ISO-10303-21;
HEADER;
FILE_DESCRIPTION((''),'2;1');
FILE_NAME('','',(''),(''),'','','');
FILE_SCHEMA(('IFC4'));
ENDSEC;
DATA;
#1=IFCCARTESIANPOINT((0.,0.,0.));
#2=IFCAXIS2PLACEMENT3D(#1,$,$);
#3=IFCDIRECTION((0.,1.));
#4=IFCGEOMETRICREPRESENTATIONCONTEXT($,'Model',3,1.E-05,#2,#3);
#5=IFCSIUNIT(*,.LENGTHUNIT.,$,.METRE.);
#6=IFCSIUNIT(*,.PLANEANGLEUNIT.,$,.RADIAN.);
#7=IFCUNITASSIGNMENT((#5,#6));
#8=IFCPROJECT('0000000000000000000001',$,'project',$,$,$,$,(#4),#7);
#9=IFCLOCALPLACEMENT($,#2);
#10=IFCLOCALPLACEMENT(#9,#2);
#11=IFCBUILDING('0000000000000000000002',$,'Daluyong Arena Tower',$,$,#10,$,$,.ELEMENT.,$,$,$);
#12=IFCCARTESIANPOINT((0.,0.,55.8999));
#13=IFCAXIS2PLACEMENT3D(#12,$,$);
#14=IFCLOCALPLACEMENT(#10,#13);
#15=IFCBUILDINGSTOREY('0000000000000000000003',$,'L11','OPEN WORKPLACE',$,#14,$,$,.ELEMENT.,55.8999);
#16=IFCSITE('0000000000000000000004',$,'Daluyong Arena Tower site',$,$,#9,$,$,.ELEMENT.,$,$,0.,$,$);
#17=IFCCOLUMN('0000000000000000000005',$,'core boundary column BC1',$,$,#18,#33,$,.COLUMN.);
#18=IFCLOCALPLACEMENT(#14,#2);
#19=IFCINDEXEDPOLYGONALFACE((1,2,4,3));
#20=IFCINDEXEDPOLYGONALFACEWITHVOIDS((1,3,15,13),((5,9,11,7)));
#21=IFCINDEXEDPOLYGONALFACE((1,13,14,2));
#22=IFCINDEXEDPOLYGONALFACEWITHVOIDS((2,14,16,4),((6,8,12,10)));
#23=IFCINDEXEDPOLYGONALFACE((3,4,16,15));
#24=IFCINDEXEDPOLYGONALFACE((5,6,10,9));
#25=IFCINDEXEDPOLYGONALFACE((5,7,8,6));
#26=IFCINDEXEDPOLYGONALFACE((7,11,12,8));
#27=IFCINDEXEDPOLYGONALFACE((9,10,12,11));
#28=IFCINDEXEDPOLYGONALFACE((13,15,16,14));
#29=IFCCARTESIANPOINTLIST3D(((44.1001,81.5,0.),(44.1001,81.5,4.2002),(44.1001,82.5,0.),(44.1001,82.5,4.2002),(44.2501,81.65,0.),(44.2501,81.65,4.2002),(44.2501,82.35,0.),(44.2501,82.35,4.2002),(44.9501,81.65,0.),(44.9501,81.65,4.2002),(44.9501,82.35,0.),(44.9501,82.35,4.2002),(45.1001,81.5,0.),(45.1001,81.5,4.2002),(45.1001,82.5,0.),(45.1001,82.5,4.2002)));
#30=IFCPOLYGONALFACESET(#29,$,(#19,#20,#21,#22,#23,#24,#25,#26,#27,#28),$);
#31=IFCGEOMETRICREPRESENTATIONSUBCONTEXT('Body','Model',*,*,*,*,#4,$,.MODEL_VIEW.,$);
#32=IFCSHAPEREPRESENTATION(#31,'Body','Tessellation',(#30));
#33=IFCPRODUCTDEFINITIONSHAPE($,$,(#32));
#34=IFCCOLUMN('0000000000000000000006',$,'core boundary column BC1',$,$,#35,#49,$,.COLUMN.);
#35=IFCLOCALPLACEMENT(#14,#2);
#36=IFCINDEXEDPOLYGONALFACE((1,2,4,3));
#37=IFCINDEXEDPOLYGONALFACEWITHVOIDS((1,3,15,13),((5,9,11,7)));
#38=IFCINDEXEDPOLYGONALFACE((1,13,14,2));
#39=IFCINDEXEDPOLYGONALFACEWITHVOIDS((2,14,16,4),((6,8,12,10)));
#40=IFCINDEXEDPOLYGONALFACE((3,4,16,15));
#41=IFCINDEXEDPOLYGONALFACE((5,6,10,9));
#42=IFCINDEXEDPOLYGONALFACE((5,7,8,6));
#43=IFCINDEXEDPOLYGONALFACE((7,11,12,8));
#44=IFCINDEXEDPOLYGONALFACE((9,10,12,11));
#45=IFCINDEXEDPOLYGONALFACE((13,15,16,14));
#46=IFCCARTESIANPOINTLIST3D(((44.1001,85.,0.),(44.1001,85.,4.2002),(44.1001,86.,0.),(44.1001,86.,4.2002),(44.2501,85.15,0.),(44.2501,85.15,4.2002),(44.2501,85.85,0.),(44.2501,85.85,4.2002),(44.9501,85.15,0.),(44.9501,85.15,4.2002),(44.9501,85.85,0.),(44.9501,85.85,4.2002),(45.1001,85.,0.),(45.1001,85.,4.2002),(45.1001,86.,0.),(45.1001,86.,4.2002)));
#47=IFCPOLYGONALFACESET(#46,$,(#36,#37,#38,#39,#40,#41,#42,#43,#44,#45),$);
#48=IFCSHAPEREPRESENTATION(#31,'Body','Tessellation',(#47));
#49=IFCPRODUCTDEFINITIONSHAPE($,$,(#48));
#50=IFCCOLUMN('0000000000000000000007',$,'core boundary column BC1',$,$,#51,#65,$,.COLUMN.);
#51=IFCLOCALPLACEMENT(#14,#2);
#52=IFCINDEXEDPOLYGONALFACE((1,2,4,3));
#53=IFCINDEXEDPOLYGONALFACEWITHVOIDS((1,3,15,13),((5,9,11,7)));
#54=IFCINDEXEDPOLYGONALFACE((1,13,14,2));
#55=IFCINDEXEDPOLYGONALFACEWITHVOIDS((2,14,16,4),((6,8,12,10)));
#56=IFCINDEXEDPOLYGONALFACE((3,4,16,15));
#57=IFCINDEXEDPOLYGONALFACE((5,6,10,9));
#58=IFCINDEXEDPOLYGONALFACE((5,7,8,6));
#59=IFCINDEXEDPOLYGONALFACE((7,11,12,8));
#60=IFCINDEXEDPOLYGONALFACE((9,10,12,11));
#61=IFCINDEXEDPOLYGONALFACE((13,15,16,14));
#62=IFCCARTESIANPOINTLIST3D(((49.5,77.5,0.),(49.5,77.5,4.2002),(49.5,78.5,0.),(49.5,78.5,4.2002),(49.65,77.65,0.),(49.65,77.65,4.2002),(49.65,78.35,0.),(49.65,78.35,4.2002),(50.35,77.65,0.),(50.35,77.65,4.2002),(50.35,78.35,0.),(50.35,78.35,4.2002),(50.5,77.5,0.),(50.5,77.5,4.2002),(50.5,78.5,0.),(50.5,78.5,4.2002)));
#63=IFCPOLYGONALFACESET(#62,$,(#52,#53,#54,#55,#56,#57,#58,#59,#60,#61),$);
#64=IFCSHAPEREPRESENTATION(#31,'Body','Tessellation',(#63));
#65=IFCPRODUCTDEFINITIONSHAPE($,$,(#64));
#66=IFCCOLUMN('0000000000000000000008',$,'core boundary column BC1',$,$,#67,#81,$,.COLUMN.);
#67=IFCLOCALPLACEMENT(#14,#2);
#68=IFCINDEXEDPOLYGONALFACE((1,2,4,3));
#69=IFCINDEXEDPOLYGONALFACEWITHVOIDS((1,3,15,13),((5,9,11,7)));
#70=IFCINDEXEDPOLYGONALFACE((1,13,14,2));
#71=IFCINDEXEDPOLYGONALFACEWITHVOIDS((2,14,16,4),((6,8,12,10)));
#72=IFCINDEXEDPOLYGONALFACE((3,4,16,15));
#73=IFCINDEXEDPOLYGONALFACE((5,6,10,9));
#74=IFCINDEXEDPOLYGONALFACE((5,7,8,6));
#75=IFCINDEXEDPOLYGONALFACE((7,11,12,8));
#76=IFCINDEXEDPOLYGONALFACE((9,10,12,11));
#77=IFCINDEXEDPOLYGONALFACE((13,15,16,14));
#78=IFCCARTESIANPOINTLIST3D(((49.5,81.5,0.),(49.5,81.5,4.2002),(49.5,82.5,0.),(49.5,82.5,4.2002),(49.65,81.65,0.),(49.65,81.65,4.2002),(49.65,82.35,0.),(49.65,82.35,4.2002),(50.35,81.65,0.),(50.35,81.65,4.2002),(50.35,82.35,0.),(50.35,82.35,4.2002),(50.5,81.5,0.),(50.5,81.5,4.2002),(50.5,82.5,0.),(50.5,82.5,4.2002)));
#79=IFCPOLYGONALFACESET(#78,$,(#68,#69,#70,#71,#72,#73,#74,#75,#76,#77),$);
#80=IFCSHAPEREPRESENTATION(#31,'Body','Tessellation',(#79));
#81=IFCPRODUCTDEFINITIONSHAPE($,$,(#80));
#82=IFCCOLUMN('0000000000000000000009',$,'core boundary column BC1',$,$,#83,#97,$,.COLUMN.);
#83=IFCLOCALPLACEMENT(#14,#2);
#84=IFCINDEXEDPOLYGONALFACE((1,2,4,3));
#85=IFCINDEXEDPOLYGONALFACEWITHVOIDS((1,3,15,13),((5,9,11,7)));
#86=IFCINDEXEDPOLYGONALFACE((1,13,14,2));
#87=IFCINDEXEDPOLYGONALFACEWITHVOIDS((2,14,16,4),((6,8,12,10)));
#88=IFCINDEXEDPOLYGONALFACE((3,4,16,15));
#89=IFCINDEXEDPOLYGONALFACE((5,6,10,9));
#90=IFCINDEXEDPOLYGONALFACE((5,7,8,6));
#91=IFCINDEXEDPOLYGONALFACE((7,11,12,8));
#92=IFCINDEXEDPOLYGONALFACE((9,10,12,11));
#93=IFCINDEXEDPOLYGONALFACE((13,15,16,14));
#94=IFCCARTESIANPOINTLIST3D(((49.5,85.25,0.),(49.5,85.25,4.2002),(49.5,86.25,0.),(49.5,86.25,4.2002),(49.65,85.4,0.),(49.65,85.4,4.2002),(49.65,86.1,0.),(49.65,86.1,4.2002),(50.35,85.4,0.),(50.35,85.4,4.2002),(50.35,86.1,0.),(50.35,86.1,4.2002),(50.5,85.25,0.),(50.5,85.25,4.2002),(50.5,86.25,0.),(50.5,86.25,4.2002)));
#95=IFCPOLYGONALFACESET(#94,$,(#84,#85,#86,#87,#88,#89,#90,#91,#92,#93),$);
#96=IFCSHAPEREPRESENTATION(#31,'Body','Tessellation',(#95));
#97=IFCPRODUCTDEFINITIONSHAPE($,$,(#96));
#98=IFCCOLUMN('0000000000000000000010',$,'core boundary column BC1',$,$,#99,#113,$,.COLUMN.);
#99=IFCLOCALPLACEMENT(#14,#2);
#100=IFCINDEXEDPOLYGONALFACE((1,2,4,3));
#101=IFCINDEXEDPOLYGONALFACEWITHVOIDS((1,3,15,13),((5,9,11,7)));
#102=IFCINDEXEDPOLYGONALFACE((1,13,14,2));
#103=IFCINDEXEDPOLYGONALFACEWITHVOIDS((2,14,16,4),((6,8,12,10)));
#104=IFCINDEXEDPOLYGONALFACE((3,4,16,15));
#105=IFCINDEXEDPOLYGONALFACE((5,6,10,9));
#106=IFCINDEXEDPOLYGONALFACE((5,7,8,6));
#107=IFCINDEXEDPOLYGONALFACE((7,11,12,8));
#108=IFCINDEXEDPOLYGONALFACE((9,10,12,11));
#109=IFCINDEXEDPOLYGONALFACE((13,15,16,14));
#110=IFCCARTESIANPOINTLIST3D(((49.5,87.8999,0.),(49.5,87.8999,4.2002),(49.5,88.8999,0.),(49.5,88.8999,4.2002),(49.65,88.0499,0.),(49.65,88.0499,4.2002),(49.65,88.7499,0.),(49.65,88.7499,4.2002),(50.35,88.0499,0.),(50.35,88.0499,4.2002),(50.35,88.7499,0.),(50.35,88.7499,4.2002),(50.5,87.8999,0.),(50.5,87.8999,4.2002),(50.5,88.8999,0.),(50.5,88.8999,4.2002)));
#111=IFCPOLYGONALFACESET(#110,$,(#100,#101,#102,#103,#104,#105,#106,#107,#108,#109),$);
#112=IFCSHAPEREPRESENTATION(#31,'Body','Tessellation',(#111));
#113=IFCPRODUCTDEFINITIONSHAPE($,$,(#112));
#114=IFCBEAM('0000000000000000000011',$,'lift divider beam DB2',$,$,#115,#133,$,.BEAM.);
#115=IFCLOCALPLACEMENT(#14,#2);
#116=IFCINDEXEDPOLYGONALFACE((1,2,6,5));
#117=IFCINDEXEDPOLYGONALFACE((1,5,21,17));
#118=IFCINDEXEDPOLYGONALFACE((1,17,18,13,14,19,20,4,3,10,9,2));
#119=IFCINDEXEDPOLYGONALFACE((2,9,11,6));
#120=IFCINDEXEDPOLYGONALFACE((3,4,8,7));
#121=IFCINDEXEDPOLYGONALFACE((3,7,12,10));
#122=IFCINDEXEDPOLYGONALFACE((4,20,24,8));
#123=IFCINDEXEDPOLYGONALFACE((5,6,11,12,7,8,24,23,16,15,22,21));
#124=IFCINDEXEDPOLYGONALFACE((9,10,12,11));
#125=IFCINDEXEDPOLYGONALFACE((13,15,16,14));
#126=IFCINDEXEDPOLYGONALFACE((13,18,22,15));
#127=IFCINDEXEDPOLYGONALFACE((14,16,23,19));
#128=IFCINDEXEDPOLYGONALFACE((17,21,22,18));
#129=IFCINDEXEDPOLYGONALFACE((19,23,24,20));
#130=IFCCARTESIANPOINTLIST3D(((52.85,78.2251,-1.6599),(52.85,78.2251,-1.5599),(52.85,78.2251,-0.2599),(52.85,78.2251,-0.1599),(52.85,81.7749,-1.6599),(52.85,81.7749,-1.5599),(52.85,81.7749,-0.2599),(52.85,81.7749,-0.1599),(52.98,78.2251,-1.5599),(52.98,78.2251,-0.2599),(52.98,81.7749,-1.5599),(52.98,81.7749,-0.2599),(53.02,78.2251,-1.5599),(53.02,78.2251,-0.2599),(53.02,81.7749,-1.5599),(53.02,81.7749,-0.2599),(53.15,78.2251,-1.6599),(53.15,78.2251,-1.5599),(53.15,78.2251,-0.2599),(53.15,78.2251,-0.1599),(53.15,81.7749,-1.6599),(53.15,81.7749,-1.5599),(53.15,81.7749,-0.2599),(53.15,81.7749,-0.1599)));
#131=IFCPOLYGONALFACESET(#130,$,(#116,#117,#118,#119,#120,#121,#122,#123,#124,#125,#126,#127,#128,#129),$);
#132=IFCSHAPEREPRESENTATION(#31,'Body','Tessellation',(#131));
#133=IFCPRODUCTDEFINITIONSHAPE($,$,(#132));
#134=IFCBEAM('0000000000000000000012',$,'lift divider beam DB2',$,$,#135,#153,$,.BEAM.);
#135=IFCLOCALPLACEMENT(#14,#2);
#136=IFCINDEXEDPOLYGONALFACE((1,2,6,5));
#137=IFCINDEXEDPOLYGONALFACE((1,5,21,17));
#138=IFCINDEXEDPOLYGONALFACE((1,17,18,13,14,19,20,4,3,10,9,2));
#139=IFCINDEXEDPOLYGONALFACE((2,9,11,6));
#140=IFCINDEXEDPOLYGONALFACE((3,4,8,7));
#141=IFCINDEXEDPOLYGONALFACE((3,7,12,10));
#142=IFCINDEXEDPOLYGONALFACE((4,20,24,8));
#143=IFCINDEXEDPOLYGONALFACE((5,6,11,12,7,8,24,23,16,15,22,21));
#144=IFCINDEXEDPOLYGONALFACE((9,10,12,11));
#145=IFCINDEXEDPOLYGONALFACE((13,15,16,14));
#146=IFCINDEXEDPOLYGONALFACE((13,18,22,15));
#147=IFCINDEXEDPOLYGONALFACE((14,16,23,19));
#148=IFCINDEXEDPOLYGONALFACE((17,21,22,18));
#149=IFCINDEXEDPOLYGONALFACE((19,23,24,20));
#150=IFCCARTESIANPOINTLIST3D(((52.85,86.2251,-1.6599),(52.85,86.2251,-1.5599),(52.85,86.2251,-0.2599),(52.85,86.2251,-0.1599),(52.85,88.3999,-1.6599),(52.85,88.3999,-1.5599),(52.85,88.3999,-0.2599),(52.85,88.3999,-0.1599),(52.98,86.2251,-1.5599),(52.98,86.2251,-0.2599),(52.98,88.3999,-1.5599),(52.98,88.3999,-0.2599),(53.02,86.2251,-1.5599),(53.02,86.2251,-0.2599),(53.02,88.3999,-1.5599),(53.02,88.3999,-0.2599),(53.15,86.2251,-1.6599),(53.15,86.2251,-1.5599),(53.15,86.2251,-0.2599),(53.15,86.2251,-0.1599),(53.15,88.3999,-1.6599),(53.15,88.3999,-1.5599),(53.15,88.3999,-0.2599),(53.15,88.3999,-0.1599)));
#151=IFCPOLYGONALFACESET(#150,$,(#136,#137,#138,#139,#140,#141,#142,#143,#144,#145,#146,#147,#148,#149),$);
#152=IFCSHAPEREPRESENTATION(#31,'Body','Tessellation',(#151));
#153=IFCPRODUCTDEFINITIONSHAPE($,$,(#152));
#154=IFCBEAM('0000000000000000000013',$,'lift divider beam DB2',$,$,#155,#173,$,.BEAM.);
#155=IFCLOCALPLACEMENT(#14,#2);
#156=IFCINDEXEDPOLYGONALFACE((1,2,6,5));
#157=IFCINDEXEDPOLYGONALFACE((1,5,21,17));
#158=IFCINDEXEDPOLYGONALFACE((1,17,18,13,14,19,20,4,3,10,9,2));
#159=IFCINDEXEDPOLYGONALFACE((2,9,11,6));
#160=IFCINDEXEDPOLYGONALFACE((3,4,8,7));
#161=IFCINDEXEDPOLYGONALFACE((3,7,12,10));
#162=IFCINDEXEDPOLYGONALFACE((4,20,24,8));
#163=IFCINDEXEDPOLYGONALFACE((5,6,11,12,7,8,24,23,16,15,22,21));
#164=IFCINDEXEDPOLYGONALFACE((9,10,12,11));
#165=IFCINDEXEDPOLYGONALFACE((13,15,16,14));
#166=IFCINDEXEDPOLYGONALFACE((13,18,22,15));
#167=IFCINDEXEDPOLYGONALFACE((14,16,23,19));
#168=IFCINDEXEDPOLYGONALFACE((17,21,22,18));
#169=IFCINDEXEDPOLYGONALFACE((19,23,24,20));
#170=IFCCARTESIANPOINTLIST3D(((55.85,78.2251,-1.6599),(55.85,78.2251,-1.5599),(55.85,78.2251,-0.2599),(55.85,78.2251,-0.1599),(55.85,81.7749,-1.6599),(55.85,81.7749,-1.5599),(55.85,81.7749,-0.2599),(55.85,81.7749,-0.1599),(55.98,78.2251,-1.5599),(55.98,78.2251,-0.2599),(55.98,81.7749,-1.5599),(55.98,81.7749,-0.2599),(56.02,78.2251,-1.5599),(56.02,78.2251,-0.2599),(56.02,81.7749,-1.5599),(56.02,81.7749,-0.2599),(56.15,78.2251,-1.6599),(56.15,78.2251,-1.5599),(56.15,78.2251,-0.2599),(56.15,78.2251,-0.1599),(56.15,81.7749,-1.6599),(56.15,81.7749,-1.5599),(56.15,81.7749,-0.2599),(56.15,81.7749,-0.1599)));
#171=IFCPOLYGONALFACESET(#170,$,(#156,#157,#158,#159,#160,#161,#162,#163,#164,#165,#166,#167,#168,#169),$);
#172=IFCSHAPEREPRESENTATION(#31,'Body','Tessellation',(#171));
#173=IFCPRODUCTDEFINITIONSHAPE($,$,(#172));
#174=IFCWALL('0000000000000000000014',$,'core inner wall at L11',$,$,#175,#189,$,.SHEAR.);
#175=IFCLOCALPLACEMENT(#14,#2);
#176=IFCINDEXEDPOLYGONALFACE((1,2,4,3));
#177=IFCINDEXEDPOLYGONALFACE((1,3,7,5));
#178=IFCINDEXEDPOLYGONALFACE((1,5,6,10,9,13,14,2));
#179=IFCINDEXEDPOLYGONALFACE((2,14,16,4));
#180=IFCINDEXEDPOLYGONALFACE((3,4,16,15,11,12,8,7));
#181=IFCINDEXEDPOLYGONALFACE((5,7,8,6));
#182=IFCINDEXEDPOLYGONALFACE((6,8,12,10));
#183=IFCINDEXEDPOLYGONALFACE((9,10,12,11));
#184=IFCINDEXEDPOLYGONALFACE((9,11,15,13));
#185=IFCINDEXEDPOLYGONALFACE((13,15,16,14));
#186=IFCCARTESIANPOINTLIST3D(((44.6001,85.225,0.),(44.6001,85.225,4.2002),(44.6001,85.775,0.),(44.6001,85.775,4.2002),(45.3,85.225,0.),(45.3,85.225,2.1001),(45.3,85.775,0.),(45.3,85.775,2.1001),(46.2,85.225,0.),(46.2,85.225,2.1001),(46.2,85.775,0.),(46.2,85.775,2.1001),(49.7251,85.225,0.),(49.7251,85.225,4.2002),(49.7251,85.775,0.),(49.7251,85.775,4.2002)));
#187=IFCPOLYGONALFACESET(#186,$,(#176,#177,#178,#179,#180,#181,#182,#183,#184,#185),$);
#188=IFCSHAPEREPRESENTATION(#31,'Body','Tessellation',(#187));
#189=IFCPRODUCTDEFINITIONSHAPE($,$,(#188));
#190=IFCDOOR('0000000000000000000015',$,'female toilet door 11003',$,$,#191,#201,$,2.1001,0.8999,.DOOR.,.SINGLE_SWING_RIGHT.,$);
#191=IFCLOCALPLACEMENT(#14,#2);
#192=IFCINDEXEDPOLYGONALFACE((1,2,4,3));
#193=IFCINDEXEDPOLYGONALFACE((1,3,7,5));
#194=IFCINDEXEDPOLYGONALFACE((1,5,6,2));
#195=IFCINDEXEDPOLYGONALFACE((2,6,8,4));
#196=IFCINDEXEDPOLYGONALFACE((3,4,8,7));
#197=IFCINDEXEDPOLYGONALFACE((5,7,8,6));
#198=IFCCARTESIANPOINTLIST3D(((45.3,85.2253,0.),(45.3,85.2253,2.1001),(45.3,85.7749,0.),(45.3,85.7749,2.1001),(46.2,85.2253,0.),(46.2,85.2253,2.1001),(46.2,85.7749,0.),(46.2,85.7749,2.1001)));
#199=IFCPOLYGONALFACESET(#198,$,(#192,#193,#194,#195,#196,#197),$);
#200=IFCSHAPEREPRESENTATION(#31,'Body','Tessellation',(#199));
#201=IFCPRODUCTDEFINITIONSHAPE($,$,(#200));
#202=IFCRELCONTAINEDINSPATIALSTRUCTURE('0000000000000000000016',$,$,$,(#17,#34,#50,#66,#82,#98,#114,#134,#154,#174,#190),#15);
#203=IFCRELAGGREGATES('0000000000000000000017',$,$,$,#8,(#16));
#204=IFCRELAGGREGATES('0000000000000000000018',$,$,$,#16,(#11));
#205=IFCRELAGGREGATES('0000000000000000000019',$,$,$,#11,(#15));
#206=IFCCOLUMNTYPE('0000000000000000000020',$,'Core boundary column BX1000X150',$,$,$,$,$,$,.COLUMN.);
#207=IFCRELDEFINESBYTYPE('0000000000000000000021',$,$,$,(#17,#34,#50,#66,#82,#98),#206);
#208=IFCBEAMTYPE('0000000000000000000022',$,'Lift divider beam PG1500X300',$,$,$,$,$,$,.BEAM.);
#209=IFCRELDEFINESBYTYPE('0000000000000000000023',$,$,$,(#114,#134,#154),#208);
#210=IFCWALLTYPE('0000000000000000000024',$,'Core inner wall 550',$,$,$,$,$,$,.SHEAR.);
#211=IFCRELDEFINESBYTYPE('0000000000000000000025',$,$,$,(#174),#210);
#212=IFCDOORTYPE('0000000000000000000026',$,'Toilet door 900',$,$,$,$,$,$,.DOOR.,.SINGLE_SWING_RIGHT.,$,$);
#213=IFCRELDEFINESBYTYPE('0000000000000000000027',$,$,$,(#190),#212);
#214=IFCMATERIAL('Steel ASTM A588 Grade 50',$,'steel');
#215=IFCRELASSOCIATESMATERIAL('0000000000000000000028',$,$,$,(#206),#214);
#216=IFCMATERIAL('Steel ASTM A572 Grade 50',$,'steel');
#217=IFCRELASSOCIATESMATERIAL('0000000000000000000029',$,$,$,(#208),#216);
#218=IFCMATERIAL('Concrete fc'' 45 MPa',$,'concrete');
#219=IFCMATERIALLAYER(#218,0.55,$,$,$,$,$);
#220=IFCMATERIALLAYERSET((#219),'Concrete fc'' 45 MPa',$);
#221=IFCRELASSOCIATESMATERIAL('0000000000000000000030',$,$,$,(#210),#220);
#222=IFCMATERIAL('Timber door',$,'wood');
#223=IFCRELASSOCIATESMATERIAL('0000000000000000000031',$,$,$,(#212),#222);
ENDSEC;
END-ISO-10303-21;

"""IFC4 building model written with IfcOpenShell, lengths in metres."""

from ifc_helpers import new_model, si_unit, direction, frame, frame_2d, origin, origin_2d, place, context, subcontext, project, spatial, rectangle, hollow_rectangle, i_section, extrude, material, layer, layer_set, material_profile, profile_set, type_object, element, fill, save


model = new_model("IFC4")

# Units and contexts
model_context = context("Model", 3, precision=1e-05, world=origin(), true_north=direction((0.0, 1.0)))
body_context = subcontext(model_context, "Body", "Model", "MODEL_VIEW")
ifc_project = project(units=[si_unit("LENGTHUNIT", "METRE"), si_unit("PLANEANGLEUNIT", "RADIAN")], contexts=[model_context])

# Site, building, storey
site_placement = place(None, origin())
site = spatial("IfcSite", under=ifc_project, at=site_placement, Name="Daluyong Arena Tower site", CompositionType="ELEMENT", RefElevation=0.0)
building_placement = place(site_placement, origin())
building = spatial("IfcBuilding", under=site, at=building_placement, Name="Daluyong Arena Tower", CompositionType="ELEMENT")
storey_placement = place(building_placement, frame((0.0, 0.0, 55.8999)))
storey = spatial("IfcBuildingStorey", under=building, at=storey_placement, Name="L11", Description="OPEN WORKPLACE", CompositionType="ELEMENT", Elevation=55.8999)

# Columns
ifc_material_1 = material(Name="Steel ASTM A588 Grade 50", Category="steel")
ifc_material_profile_1 = material_profile(ifc_material_1, hollow_rectangle(XDim=1.0, YDim=1.0, WallThickness=0.15, at=origin_2d()))
ifc_profile_set_1 = profile_set([ifc_material_profile_1], Name="Steel ASTM A588 Grade 50")
column_type = type_object("IfcColumnType", Name="Core boundary column BX1000X150", PredefinedType="COLUMN", material=ifc_profile_set_1)
for number, where, z_axis, x_axis, name in (
    (1, (44.6001, 82.0, 0.0), (0.0, 0.0, 1.0), (1.0, 0.0, 0.0), "core boundary column BC1"),
    (2, (44.6001, 85.5, 0.0), (0.0, 0.0, 1.0), (1.0, 0.0, 0.0), "core boundary column BC1"),
    (3, (50.0, 78.0, 0.0), (0.0, 0.0, 1.0), (1.0, 0.0, 0.0), "core boundary column BC1"),
    (4, (50.0, 82.0, 0.0), (0.0, 0.0, 1.0), (1.0, 0.0, 0.0), "core boundary column BC1"),
    (5, (50.0, 85.75, 0.0), (0.0, 0.0, 1.0), (1.0, 0.0, 0.0), "core boundary column BC1"),
    (6, (50.0, 88.3999, 0.0), (0.0, 0.0, 1.0), (1.0, 0.0, 0.0), "core boundary column BC1"),
):
    element("IfcColumn", number, at=place(storey_placement, frame(where, z_axis=z_axis, x_axis=x_axis)), inside=storey, type_object=column_type, Name=name, PredefinedType="COLUMN", context=body_context, shape_type="SweptSolid", body=[
        extrude(hollow_rectangle(XDim=1.0, YDim=1.0, WallThickness=0.15, at=origin_2d()), origin(), (0.0, 0.0, 1.0), 4.2002),
    ])

# Beams
ifc_material_2 = material(Name="Steel ASTM A572 Grade 50", Category="steel")
ifc_material_profile_2 = material_profile(ifc_material_2, i_section(OverallWidth=0.3, OverallDepth=1.5, WebThickness=0.04, FlangeThickness=0.1, at=origin_2d()))
ifc_profile_set_2 = profile_set([ifc_material_profile_2], Name="Steel ASTM A572 Grade 50")
beam_type = type_object("IfcBeamType", Name="Lift divider beam PG1500X300", PredefinedType="BEAM", material=ifc_profile_set_2)
beam_1_placement = place(storey_placement, frame((53.0, 78.2251, -0.9099), z_axis=(0.0, 1.0, 0.0), x_axis=(-1.0, 0.0, 0.0)))
element("IfcBeam", 7, at=beam_1_placement, inside=storey, type_object=beam_type, Name="lift divider beam DB2", PredefinedType="BEAM", context=body_context, shape_type="SweptSolid", body=[
    extrude(i_section(OverallWidth=0.3, OverallDepth=1.5, WebThickness=0.04, FlangeThickness=0.1, at=origin_2d()), origin(), (0.0, 0.0, 1.0), 3.5498),
])
beam_2_placement = place(storey_placement, frame((53.0, 86.2251, -0.9099), z_axis=(0.0, 1.0, 0.0), x_axis=(-1.0, 0.0, 0.0)))
element("IfcBeam", 8, at=beam_2_placement, inside=storey, type_object=beam_type, Name="lift divider beam DB2", PredefinedType="BEAM", context=body_context, shape_type="SweptSolid", body=[
    extrude(i_section(OverallWidth=0.3, OverallDepth=1.5, WebThickness=0.04, FlangeThickness=0.1, at=origin_2d()), origin(), (0.0, 0.0, 1.0), 2.1748),
])
beam_3_placement = place(storey_placement, frame((56.0, 78.2251, -0.9099), z_axis=(0.0, 1.0, 0.0), x_axis=(-1.0, 0.0, 0.0)))
element("IfcBeam", 9, at=beam_3_placement, inside=storey, type_object=beam_type, Name="lift divider beam DB2", PredefinedType="BEAM", context=body_context, shape_type="SweptSolid", body=[
    extrude(i_section(OverallWidth=0.3, OverallDepth=1.5, WebThickness=0.04, FlangeThickness=0.1, at=origin_2d()), origin(), (0.0, 0.0, 1.0), 3.5498),
])

# Wall, opening, door
ifc_material_3 = material(Name="Concrete fc' 45 MPa", Category="concrete")
ifc_layer_1 = layer(ifc_material_3, 0.55)
ifc_layer_set_1 = layer_set([ifc_layer_1], Name="Concrete fc' 45 MPa")
wall_type_1 = type_object("IfcWallType", Name="Core inner wall 550", PredefinedType="SHEAR", material=ifc_layer_set_1)
wall_1_placement = place(storey_placement, frame((44.6001, 85.5, 0.0), z_axis=(0.0, 0.0, 1.0), x_axis=(1.0, 0.0, 0.0)))
wall_1 = element("IfcWall", 10, at=wall_1_placement, inside=storey, type_object=wall_type_1, Name="core inner wall at L11", PredefinedType="SHEAR", context=body_context, shape_type="SweptSolid", body=[
    extrude(rectangle(XDim=5.125, YDim=0.55, at=frame_2d((2.5625, 0.0))), origin(), (0.0, 0.0, 1.0), 4.2002),
])
opening_1_placement = place(wall_1_placement, frame((0.7, 0.0, 0.0)))
opening_1 = element("IfcOpeningElement", 11, at=opening_1_placement, cuts=wall_1, PredefinedType="OPENING", context=body_context, shape_type="SweptSolid", body=[
    extrude(rectangle(XDim=0.8999, YDim=2.1001, at=frame_2d((0.45, 1.05))), frame((0.0, 0.2849, 0.0), z_axis=(0.0, -1.0, 0.0), x_axis=(1.0, 0.0, 0.0)), (0.0, 0.0, 1.0), 0.5701),
])
ifc_material_4 = material(Name="Timber door", Category="wood")
door_type_1 = type_object("IfcDoorType", Name="Toilet door 900", OperationType="SINGLE_SWING_RIGHT", PredefinedType="DOOR", material=ifc_material_4)
door_1_placement = place(opening_1_placement, origin())
door_1 = element("IfcDoor", 12, at=door_1_placement, inside=storey, type_object=door_type_1, Name="female toilet door 11003", OperationType="SINGLE_SWING_RIGHT", OverallHeight=2.1001, OverallWidth=0.8999, PredefinedType="DOOR", context=body_context, shape_type="SweptSolid", body=[
    extrude(rectangle(XDim=0.8999, YDim=2.1001, at=frame_2d((0.45, 1.05))), frame((0.0, 0.2749, 0.0), z_axis=(0.0, -1.0, 0.0), x_axis=(1.0, 0.0, 0.0)), (0.0, 0.0, 1.0), 0.5496),
])
fill(opening_1, door_1)

save(model, "model.ifc")
